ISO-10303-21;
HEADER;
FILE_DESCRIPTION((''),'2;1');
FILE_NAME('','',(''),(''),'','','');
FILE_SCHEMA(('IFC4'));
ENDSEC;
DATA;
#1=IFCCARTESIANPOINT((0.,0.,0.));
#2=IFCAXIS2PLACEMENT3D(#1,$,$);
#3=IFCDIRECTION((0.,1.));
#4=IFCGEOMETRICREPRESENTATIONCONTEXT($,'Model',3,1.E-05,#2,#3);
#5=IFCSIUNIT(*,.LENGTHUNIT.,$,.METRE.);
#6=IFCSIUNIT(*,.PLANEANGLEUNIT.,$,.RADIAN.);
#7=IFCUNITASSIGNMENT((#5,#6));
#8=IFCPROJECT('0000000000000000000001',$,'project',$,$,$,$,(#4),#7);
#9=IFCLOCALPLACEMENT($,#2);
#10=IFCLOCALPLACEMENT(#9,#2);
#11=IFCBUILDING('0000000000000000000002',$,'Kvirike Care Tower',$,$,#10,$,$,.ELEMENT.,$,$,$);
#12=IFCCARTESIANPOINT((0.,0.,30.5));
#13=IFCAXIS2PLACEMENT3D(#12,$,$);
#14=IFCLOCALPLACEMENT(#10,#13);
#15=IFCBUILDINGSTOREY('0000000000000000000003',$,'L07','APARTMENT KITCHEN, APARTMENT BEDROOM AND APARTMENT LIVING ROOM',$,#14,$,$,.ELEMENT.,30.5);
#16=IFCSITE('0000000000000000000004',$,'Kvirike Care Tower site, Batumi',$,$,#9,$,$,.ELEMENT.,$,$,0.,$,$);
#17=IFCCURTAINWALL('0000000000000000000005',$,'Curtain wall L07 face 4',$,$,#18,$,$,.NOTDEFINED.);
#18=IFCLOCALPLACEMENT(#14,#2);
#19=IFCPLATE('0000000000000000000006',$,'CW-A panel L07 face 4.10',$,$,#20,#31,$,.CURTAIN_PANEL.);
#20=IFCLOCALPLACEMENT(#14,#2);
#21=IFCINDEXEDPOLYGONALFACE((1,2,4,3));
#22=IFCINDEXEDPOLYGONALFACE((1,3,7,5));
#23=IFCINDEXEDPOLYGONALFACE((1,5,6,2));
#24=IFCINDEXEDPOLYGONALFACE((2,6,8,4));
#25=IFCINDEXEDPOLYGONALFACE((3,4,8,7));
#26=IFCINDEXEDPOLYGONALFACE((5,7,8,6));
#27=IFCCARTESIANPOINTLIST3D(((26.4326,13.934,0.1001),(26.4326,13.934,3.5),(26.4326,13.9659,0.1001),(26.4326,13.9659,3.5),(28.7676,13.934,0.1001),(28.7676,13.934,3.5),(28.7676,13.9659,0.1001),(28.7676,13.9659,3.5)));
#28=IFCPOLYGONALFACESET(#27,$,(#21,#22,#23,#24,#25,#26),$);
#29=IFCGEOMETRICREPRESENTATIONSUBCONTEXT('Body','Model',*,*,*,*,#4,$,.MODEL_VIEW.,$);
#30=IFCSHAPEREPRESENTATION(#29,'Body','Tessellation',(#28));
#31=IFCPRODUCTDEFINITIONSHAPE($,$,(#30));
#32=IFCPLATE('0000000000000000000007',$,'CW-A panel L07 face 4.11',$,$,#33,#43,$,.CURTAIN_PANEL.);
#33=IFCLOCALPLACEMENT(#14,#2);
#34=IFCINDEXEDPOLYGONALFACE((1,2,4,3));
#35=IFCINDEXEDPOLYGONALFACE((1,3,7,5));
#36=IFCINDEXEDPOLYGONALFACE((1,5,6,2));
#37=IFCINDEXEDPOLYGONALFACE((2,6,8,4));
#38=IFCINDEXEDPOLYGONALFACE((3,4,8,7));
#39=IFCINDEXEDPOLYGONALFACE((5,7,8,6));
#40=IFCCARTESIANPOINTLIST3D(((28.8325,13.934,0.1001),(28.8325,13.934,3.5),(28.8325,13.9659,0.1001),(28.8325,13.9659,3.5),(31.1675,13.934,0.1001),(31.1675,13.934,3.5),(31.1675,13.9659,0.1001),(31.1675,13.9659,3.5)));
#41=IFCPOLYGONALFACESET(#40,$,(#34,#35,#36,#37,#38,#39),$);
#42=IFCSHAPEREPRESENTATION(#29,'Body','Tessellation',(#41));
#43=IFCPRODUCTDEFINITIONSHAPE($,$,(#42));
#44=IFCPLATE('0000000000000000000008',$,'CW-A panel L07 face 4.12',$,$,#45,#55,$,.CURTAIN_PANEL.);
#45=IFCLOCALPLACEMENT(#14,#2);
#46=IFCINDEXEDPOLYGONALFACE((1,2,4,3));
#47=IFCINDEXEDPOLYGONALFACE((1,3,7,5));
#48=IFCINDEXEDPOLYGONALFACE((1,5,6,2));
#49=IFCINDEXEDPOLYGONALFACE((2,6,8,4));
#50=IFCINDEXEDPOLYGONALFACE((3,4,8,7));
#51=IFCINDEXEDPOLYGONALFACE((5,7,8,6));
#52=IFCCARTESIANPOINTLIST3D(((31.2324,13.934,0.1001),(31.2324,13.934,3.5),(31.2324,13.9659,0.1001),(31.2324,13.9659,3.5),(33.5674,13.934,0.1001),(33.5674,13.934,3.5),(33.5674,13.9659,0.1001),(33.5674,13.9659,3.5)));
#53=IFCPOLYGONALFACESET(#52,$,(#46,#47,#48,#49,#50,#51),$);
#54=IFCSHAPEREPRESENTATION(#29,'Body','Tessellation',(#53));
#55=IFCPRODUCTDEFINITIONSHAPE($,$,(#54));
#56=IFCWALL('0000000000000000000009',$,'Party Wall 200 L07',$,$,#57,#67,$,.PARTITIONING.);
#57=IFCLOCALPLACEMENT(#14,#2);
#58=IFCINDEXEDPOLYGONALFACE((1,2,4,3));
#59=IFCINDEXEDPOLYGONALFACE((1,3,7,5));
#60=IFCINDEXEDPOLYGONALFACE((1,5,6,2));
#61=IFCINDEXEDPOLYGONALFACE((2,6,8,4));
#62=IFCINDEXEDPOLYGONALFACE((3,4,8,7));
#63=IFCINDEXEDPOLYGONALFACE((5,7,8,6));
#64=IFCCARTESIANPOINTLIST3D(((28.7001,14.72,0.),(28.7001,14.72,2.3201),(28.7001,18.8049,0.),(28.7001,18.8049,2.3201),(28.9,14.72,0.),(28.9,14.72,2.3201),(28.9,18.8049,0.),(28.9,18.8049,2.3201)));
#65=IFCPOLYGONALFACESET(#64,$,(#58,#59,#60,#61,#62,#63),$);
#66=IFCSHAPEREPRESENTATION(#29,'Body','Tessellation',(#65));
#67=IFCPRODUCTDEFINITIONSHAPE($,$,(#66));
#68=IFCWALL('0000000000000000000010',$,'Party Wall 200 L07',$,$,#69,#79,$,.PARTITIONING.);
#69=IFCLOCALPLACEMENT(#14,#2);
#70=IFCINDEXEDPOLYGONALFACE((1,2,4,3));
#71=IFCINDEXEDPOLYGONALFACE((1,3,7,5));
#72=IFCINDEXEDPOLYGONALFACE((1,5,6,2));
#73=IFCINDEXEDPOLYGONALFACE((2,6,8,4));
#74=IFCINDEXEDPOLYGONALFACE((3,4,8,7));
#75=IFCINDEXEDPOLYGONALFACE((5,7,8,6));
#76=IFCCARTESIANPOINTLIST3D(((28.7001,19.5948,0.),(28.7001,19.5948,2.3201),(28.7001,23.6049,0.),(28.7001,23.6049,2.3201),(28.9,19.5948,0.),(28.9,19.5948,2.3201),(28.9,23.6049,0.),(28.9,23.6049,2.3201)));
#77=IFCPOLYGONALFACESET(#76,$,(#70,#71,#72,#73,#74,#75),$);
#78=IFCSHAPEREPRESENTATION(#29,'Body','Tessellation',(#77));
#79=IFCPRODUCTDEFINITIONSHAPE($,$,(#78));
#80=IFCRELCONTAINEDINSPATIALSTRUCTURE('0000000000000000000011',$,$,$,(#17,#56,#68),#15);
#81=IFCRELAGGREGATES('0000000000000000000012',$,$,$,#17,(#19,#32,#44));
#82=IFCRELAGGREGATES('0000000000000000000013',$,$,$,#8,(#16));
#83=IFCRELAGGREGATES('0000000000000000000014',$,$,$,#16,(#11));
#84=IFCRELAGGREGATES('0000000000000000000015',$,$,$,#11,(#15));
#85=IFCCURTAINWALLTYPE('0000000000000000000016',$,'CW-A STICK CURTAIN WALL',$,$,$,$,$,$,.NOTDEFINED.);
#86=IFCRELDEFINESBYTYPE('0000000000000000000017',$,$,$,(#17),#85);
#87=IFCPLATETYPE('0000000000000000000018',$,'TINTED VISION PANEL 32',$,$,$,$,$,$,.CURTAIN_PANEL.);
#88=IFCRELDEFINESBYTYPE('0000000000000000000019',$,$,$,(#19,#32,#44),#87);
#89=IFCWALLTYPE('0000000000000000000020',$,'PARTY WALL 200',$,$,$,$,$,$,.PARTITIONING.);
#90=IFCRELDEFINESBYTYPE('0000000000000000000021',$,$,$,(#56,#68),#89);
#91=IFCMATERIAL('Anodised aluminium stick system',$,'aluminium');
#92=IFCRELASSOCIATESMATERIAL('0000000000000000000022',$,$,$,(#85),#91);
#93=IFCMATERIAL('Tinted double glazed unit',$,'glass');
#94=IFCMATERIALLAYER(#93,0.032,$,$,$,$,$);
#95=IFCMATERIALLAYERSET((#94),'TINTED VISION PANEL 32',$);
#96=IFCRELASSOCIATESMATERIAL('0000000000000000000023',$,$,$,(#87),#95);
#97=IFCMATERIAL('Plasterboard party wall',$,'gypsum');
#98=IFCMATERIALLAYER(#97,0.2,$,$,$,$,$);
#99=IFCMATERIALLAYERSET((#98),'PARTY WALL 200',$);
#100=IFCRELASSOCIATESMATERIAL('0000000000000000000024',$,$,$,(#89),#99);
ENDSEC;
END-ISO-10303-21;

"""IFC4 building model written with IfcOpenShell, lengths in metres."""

from ifc_helpers import new_model, si_unit, direction, frame, frame_2d, origin, origin_2d, place, context, subcontext, project, spatial, rectangle, extrude, material, layer, layer_set, type_object, element, aggregate, save


model = new_model("IFC4")

# Units and contexts
model_context = context("Model", 3, precision=1e-05, world=origin(), true_north=direction((0.0, 1.0)))
body_context = subcontext(model_context, "Body", "Model", "MODEL_VIEW")
ifc_project = project(units=[si_unit("LENGTHUNIT", "METRE"), si_unit("PLANEANGLEUNIT", "RADIAN")], contexts=[model_context])

# Site, building, storey
site_placement = place(None, origin())
site = spatial("IfcSite", under=ifc_project, at=site_placement, Name="Kvirike Care Tower site, Batumi", CompositionType="ELEMENT", RefElevation=0.0)
building_placement = place(site_placement, origin())
building = spatial("IfcBuilding", under=site, at=building_placement, Name="Kvirike Care Tower", CompositionType="ELEMENT")
storey_placement = place(building_placement, frame((0.0, 0.0, 30.5)))
storey = spatial("IfcBuildingStorey", under=building, at=storey_placement, Name="L07", Description="APARTMENT KITCHEN, APARTMENT BEDROOM AND APARTMENT LIVING ROOM", CompositionType="ELEMENT", Elevation=30.5)

# Curtain wall
ifc_material_1 = material(Name="Anodised aluminium stick system", Category="aluminium")
curtain_wall_type = type_object("IfcCurtainWallType", Name="CW-A STICK CURTAIN WALL", PredefinedType="NOTDEFINED", material=ifc_material_1)
curtain_wall_placement = place(storey_placement, origin())
curtain_wall = element("IfcCurtainWall", 1, at=curtain_wall_placement, inside=storey, type_object=curtain_wall_type, Name="Curtain wall L07 face 4", PredefinedType="NOTDEFINED")

# Plates
ifc_material_2 = material(Name="Tinted double glazed unit", Category="glass")
ifc_layer_1 = layer(ifc_material_2, 0.032)
ifc_layer_set_1 = layer_set([ifc_layer_1], Name="TINTED VISION PANEL 32")
plate_type = type_object("IfcPlateType", Name="TINTED VISION PANEL 32", PredefinedType="CURTAIN_PANEL", material=ifc_layer_set_1)
plate_1_placement = place(storey_placement, frame((27.6001, 13.95, 0.1001), z_axis=(0.0, 0.0, 1.0), x_axis=(1.0, 0.0, 0.0)))
plate_1 = element("IfcPlate", 2, at=plate_1_placement, type_object=plate_type, Name="CW-A panel L07 face 4.10", PredefinedType="CURTAIN_PANEL", context=body_context, shape_type="SweptSolid", body=[
    extrude(rectangle(XDim=2.335, YDim=0.032, at=origin_2d()), origin(), (0.0, 0.0, 1.0), 3.3999),
])
plate_2_placement = place(storey_placement, frame((30.0, 13.95, 0.1001), z_axis=(0.0, 0.0, 1.0), x_axis=(1.0, 0.0, 0.0)))
plate_2 = element("IfcPlate", 3, at=plate_2_placement, type_object=plate_type, Name="CW-A panel L07 face 4.11", PredefinedType="CURTAIN_PANEL", context=body_context, shape_type="SweptSolid", body=[
    extrude(rectangle(XDim=2.335, YDim=0.032, at=origin_2d()), origin(), (0.0, 0.0, 1.0), 3.3999),
])
plate_3_placement = place(storey_placement, frame((32.3999, 13.95, 0.1001), z_axis=(0.0, 0.0, 1.0), x_axis=(1.0, 0.0, 0.0)))
plate_3 = element("IfcPlate", 4, at=plate_3_placement, type_object=plate_type, Name="CW-A panel L07 face 4.12", PredefinedType="CURTAIN_PANEL", context=body_context, shape_type="SweptSolid", body=[
    extrude(rectangle(XDim=2.335, YDim=0.032, at=origin_2d()), origin(), (0.0, 0.0, 1.0), 3.3999),
])
aggregate(curtain_wall, [plate_1, plate_2, plate_3])

# Walls
ifc_material_3 = material(Name="Plasterboard party wall", Category="gypsum")
ifc_layer_2 = layer(ifc_material_3, 0.2)
ifc_layer_set_2 = layer_set([ifc_layer_2], Name="PARTY WALL 200")
wall_type_1 = type_object("IfcWallType", Name="PARTY WALL 200", PredefinedType="PARTITIONING", material=ifc_layer_set_2)
wall_1_placement = place(storey_placement, frame((28.8, 14.72, 0.0), z_axis=(0.0, 0.0, 1.0), x_axis=(0.0, 1.0, 0.0)))
element("IfcWall", 5, at=wall_1_placement, inside=storey, type_object=wall_type_1, Name="Party Wall 200 L07", PredefinedType="PARTITIONING", context=body_context, shape_type="SweptSolid", body=[
    extrude(rectangle(XDim=4.085, YDim=0.2, at=frame_2d((2.0425, 0.0))), origin(), (0.0, 0.0, 1.0), 2.3201),
])
wall_2_placement = place(storey_placement, frame((28.8, 19.595, 0.0), z_axis=(0.0, 0.0, 1.0), x_axis=(0.0, 1.0, 0.0)))
element("IfcWall", 6, at=wall_2_placement, inside=storey, type_object=wall_type_1, Name="Party Wall 200 L07", PredefinedType="PARTITIONING", context=body_context, shape_type="SweptSolid", body=[
    extrude(rectangle(XDim=4.01, YDim=0.2, at=frame_2d((2.0049, 0.0))), origin(), (0.0, 0.0, 1.0), 2.3201),
])

save(model, "model.ifc")
